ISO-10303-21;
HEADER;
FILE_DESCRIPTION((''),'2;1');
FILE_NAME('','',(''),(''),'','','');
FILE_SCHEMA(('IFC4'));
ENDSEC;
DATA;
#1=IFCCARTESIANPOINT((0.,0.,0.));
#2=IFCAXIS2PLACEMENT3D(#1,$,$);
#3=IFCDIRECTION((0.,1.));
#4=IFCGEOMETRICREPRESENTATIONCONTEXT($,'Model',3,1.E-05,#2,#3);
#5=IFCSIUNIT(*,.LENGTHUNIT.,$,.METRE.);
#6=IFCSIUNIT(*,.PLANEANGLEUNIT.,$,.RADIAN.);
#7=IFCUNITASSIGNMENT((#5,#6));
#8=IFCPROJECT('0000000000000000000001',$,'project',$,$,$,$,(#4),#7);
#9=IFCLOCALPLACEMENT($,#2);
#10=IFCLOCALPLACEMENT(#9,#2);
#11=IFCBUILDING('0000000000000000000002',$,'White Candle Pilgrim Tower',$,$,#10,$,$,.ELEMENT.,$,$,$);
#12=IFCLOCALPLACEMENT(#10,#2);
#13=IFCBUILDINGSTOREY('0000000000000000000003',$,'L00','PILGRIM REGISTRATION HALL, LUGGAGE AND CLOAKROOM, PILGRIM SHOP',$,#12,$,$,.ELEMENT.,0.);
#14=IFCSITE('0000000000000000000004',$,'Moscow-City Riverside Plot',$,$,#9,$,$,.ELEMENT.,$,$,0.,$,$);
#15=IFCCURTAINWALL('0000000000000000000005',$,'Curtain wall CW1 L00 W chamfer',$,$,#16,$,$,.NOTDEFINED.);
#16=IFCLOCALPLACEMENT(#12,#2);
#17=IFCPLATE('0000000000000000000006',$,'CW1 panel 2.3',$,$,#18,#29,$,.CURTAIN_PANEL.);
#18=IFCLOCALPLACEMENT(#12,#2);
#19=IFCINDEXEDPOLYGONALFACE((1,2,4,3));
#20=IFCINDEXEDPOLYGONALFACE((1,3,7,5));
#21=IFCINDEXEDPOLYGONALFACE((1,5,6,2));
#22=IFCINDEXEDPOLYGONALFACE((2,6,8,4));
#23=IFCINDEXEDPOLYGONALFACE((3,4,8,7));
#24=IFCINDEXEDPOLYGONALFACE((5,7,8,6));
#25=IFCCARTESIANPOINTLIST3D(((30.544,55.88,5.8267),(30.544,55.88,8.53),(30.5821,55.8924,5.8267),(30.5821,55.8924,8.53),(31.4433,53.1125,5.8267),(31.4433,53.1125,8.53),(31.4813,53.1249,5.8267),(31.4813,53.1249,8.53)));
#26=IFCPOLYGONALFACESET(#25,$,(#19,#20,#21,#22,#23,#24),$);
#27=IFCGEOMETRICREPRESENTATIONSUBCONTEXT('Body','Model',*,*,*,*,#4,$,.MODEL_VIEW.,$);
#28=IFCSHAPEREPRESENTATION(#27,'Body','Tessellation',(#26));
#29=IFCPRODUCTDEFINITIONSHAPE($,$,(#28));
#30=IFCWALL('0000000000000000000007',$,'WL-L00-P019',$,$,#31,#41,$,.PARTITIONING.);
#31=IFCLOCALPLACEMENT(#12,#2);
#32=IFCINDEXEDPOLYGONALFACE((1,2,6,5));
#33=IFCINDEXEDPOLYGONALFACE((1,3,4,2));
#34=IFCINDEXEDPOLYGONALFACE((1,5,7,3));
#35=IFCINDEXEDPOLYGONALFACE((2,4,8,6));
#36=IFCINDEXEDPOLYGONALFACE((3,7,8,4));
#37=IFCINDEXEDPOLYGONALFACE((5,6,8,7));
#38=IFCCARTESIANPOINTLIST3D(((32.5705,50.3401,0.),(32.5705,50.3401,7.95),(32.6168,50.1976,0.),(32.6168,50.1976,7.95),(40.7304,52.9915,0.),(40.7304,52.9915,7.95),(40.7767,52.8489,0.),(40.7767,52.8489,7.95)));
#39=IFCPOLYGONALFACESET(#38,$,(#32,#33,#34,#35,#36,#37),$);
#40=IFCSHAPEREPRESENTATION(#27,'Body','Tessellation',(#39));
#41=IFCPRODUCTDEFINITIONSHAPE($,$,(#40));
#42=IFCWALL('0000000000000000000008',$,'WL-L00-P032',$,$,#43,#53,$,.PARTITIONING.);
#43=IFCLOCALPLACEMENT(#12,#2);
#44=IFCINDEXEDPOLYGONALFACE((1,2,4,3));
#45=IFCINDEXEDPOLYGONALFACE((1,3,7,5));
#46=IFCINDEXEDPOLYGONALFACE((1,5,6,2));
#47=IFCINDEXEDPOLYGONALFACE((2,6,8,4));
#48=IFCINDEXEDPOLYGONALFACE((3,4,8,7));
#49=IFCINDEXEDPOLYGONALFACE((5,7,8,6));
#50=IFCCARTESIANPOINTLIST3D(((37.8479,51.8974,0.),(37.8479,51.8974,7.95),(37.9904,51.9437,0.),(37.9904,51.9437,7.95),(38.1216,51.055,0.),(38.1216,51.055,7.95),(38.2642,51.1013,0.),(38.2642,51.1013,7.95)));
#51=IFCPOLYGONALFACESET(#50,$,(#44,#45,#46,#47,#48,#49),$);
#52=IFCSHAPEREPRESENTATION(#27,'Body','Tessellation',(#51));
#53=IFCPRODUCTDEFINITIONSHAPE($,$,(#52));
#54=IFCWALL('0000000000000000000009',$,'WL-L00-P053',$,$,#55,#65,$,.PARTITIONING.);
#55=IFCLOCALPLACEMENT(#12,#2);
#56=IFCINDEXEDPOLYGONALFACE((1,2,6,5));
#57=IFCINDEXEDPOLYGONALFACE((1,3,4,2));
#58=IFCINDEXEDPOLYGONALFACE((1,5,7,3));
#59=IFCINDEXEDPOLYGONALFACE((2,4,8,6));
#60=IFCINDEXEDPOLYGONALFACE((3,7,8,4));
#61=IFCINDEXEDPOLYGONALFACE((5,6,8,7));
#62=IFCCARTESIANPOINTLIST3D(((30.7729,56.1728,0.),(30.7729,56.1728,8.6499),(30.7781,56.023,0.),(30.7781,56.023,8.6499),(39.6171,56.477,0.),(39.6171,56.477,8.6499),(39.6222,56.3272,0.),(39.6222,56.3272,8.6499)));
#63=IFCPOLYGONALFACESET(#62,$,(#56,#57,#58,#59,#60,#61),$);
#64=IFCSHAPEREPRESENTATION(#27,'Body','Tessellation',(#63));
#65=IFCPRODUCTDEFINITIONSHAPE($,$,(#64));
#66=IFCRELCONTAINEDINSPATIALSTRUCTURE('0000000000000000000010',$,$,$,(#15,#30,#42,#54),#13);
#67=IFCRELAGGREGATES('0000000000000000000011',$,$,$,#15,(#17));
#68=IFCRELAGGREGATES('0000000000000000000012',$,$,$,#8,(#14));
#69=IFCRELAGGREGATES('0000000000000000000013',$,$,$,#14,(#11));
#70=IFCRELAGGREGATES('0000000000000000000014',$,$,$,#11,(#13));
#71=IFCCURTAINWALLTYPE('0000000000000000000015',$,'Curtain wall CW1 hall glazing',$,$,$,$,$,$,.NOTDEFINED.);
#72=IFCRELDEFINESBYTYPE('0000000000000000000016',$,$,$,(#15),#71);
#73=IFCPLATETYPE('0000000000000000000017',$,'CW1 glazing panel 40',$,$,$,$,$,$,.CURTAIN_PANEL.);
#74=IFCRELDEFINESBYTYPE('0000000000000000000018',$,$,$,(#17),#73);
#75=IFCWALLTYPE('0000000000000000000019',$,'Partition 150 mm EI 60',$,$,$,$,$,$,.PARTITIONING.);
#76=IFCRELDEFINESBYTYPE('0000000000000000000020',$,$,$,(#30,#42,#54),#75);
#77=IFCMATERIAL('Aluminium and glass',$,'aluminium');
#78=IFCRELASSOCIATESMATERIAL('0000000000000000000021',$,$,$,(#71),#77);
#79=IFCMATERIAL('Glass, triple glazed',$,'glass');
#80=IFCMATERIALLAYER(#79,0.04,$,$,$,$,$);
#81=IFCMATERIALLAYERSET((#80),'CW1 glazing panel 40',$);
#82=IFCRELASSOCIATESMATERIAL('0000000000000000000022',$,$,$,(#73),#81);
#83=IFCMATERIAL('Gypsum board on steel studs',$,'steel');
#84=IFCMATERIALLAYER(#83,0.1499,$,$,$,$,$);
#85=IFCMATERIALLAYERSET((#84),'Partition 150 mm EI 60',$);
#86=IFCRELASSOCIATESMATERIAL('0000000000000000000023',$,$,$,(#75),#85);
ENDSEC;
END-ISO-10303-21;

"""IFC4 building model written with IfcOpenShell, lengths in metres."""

from ifc_helpers import new_model, si_unit, direction, frame, frame_2d, origin, origin_2d, place, context, subcontext, project, spatial, rectangle, extrude, material, layer, layer_set, type_object, element, aggregate, save


model = new_model("IFC4")

# Units and contexts
model_context = context("Model", 3, precision=1e-05, world=origin(), true_north=direction((0.0, 1.0)))
body_context = subcontext(model_context, "Body", "Model", "MODEL_VIEW")
ifc_project = project(units=[si_unit("LENGTHUNIT", "METRE"), si_unit("PLANEANGLEUNIT", "RADIAN")], contexts=[model_context])

# Site, building, storey
site_placement = place(None, origin())
site = spatial("IfcSite", under=ifc_project, at=site_placement, Name="Moscow-City Riverside Plot", CompositionType="ELEMENT", RefElevation=0.0)
building_placement = place(site_placement, origin())
building = spatial("IfcBuilding", under=site, at=building_placement, Name="White Candle Pilgrim Tower", CompositionType="ELEMENT")
storey_placement = place(building_placement, origin())
storey = spatial("IfcBuildingStorey", under=building, at=storey_placement, Name="L00", Description="PILGRIM REGISTRATION HALL, LUGGAGE AND CLOAKROOM, PILGRIM SHOP", CompositionType="ELEMENT", Elevation=0.0)

# Curtain wall
ifc_material_1 = material(Name="Aluminium and glass", Category="aluminium")
curtain_wall_type = type_object("IfcCurtainWallType", Name="Curtain wall CW1 hall glazing", PredefinedType="NOTDEFINED", material=ifc_material_1)
curtain_wall_1_placement = place(storey_placement, origin())
curtain_wall_1 = element("IfcCurtainWall", 1, at=curtain_wall_1_placement, inside=storey, type_object=curtain_wall_type, Name="Curtain wall CW1 L00 W chamfer", PredefinedType="NOTDEFINED")

# Plate
ifc_material_2 = material(Name="Glass, triple glazed", Category="glass")
ifc_layer_1 = layer(ifc_material_2, 0.04)
ifc_layer_set_1 = layer_set([ifc_layer_1], Name="CW1 glazing panel 40")
plate_type = type_object("IfcPlateType", Name="CW1 glazing panel 40", PredefinedType="CURTAIN_PANEL", material=ifc_layer_set_1)
plate_1_placement = place(storey_placement, frame((31.0127, 54.5024, 5.8267), z_axis=(0.0, 0.0, 1.0), x_axis=(0.309017, -0.951057, 0.0)))
plate_1 = element("IfcPlate", 2, at=plate_1_placement, type_object=plate_type, Name="CW1 panel 2.3", PredefinedType="CURTAIN_PANEL", context=body_context, shape_type="SweptSolid", body=[
    extrude(rectangle(XDim=2.9099, YDim=0.04, at=origin_2d()), origin(), (0.0, 0.0, 1.0), 2.7034),
])
aggregate(curtain_wall_1, [plate_1])

# Walls
ifc_material_3 = material(Name="Gypsum board on steel studs", Category="steel")
ifc_layer_2 = layer(ifc_material_3, 0.1499)
ifc_layer_set_2 = layer_set([ifc_layer_2], Name="Partition 150 mm EI 60")
wall_type_1 = type_object("IfcWallType", Name="Partition 150 mm EI 60", PredefinedType="PARTITIONING", material=ifc_layer_set_2)
wall_1_placement = place(storey_placement, frame((32.5935, 50.2688, 0.0), z_axis=(0.0, 0.0, 1.0), x_axis=(0.951055, 0.309022, 0.0)))
element("IfcWall", 3, at=wall_1_placement, inside=storey, type_object=wall_type_1, Name="WL-L00-P019", PredefinedType="PARTITIONING", context=body_context, shape_type="SweptSolid", body=[
    extrude(rectangle(XDim=8.5798, YDim=0.1499, at=frame_2d((4.29, 0.0))), origin(), (0.0, 0.0, 1.0), 7.95),
])
wall_2_placement = place(storey_placement, frame((38.1929, 51.0781, 0.0), z_axis=(0.0, 0.0, 1.0), x_axis=(-0.309024, 0.951054, 0.0)))
element("IfcWall", 4, at=wall_2_placement, inside=storey, type_object=wall_type_1, Name="WL-L00-P032", PredefinedType="PARTITIONING", context=body_context, shape_type="SweptSolid", body=[
    extrude(rectangle(XDim=0.8857, YDim=0.1499, at=frame_2d((0.4429, 0.0))), origin(), (0.0, 0.0, 1.0), 7.95),
])
wall_3_placement = place(storey_placement, frame((30.7754, 56.0979, 0.0), z_axis=(0.0, 0.0, 1.0), x_axis=(0.999409, 0.034375, 0.0)))
element("IfcWall", 5, at=wall_3_placement, inside=storey, type_object=wall_type_1, Name="WL-L00-P053", PredefinedType="PARTITIONING", context=body_context, shape_type="SweptSolid", body=[
    extrude(rectangle(XDim=8.8494, YDim=0.1499, at=frame_2d((4.4248, 0.0))), origin(), (0.0, 0.0, 1.0), 8.6499),
])

save(model, "model.ifc")
